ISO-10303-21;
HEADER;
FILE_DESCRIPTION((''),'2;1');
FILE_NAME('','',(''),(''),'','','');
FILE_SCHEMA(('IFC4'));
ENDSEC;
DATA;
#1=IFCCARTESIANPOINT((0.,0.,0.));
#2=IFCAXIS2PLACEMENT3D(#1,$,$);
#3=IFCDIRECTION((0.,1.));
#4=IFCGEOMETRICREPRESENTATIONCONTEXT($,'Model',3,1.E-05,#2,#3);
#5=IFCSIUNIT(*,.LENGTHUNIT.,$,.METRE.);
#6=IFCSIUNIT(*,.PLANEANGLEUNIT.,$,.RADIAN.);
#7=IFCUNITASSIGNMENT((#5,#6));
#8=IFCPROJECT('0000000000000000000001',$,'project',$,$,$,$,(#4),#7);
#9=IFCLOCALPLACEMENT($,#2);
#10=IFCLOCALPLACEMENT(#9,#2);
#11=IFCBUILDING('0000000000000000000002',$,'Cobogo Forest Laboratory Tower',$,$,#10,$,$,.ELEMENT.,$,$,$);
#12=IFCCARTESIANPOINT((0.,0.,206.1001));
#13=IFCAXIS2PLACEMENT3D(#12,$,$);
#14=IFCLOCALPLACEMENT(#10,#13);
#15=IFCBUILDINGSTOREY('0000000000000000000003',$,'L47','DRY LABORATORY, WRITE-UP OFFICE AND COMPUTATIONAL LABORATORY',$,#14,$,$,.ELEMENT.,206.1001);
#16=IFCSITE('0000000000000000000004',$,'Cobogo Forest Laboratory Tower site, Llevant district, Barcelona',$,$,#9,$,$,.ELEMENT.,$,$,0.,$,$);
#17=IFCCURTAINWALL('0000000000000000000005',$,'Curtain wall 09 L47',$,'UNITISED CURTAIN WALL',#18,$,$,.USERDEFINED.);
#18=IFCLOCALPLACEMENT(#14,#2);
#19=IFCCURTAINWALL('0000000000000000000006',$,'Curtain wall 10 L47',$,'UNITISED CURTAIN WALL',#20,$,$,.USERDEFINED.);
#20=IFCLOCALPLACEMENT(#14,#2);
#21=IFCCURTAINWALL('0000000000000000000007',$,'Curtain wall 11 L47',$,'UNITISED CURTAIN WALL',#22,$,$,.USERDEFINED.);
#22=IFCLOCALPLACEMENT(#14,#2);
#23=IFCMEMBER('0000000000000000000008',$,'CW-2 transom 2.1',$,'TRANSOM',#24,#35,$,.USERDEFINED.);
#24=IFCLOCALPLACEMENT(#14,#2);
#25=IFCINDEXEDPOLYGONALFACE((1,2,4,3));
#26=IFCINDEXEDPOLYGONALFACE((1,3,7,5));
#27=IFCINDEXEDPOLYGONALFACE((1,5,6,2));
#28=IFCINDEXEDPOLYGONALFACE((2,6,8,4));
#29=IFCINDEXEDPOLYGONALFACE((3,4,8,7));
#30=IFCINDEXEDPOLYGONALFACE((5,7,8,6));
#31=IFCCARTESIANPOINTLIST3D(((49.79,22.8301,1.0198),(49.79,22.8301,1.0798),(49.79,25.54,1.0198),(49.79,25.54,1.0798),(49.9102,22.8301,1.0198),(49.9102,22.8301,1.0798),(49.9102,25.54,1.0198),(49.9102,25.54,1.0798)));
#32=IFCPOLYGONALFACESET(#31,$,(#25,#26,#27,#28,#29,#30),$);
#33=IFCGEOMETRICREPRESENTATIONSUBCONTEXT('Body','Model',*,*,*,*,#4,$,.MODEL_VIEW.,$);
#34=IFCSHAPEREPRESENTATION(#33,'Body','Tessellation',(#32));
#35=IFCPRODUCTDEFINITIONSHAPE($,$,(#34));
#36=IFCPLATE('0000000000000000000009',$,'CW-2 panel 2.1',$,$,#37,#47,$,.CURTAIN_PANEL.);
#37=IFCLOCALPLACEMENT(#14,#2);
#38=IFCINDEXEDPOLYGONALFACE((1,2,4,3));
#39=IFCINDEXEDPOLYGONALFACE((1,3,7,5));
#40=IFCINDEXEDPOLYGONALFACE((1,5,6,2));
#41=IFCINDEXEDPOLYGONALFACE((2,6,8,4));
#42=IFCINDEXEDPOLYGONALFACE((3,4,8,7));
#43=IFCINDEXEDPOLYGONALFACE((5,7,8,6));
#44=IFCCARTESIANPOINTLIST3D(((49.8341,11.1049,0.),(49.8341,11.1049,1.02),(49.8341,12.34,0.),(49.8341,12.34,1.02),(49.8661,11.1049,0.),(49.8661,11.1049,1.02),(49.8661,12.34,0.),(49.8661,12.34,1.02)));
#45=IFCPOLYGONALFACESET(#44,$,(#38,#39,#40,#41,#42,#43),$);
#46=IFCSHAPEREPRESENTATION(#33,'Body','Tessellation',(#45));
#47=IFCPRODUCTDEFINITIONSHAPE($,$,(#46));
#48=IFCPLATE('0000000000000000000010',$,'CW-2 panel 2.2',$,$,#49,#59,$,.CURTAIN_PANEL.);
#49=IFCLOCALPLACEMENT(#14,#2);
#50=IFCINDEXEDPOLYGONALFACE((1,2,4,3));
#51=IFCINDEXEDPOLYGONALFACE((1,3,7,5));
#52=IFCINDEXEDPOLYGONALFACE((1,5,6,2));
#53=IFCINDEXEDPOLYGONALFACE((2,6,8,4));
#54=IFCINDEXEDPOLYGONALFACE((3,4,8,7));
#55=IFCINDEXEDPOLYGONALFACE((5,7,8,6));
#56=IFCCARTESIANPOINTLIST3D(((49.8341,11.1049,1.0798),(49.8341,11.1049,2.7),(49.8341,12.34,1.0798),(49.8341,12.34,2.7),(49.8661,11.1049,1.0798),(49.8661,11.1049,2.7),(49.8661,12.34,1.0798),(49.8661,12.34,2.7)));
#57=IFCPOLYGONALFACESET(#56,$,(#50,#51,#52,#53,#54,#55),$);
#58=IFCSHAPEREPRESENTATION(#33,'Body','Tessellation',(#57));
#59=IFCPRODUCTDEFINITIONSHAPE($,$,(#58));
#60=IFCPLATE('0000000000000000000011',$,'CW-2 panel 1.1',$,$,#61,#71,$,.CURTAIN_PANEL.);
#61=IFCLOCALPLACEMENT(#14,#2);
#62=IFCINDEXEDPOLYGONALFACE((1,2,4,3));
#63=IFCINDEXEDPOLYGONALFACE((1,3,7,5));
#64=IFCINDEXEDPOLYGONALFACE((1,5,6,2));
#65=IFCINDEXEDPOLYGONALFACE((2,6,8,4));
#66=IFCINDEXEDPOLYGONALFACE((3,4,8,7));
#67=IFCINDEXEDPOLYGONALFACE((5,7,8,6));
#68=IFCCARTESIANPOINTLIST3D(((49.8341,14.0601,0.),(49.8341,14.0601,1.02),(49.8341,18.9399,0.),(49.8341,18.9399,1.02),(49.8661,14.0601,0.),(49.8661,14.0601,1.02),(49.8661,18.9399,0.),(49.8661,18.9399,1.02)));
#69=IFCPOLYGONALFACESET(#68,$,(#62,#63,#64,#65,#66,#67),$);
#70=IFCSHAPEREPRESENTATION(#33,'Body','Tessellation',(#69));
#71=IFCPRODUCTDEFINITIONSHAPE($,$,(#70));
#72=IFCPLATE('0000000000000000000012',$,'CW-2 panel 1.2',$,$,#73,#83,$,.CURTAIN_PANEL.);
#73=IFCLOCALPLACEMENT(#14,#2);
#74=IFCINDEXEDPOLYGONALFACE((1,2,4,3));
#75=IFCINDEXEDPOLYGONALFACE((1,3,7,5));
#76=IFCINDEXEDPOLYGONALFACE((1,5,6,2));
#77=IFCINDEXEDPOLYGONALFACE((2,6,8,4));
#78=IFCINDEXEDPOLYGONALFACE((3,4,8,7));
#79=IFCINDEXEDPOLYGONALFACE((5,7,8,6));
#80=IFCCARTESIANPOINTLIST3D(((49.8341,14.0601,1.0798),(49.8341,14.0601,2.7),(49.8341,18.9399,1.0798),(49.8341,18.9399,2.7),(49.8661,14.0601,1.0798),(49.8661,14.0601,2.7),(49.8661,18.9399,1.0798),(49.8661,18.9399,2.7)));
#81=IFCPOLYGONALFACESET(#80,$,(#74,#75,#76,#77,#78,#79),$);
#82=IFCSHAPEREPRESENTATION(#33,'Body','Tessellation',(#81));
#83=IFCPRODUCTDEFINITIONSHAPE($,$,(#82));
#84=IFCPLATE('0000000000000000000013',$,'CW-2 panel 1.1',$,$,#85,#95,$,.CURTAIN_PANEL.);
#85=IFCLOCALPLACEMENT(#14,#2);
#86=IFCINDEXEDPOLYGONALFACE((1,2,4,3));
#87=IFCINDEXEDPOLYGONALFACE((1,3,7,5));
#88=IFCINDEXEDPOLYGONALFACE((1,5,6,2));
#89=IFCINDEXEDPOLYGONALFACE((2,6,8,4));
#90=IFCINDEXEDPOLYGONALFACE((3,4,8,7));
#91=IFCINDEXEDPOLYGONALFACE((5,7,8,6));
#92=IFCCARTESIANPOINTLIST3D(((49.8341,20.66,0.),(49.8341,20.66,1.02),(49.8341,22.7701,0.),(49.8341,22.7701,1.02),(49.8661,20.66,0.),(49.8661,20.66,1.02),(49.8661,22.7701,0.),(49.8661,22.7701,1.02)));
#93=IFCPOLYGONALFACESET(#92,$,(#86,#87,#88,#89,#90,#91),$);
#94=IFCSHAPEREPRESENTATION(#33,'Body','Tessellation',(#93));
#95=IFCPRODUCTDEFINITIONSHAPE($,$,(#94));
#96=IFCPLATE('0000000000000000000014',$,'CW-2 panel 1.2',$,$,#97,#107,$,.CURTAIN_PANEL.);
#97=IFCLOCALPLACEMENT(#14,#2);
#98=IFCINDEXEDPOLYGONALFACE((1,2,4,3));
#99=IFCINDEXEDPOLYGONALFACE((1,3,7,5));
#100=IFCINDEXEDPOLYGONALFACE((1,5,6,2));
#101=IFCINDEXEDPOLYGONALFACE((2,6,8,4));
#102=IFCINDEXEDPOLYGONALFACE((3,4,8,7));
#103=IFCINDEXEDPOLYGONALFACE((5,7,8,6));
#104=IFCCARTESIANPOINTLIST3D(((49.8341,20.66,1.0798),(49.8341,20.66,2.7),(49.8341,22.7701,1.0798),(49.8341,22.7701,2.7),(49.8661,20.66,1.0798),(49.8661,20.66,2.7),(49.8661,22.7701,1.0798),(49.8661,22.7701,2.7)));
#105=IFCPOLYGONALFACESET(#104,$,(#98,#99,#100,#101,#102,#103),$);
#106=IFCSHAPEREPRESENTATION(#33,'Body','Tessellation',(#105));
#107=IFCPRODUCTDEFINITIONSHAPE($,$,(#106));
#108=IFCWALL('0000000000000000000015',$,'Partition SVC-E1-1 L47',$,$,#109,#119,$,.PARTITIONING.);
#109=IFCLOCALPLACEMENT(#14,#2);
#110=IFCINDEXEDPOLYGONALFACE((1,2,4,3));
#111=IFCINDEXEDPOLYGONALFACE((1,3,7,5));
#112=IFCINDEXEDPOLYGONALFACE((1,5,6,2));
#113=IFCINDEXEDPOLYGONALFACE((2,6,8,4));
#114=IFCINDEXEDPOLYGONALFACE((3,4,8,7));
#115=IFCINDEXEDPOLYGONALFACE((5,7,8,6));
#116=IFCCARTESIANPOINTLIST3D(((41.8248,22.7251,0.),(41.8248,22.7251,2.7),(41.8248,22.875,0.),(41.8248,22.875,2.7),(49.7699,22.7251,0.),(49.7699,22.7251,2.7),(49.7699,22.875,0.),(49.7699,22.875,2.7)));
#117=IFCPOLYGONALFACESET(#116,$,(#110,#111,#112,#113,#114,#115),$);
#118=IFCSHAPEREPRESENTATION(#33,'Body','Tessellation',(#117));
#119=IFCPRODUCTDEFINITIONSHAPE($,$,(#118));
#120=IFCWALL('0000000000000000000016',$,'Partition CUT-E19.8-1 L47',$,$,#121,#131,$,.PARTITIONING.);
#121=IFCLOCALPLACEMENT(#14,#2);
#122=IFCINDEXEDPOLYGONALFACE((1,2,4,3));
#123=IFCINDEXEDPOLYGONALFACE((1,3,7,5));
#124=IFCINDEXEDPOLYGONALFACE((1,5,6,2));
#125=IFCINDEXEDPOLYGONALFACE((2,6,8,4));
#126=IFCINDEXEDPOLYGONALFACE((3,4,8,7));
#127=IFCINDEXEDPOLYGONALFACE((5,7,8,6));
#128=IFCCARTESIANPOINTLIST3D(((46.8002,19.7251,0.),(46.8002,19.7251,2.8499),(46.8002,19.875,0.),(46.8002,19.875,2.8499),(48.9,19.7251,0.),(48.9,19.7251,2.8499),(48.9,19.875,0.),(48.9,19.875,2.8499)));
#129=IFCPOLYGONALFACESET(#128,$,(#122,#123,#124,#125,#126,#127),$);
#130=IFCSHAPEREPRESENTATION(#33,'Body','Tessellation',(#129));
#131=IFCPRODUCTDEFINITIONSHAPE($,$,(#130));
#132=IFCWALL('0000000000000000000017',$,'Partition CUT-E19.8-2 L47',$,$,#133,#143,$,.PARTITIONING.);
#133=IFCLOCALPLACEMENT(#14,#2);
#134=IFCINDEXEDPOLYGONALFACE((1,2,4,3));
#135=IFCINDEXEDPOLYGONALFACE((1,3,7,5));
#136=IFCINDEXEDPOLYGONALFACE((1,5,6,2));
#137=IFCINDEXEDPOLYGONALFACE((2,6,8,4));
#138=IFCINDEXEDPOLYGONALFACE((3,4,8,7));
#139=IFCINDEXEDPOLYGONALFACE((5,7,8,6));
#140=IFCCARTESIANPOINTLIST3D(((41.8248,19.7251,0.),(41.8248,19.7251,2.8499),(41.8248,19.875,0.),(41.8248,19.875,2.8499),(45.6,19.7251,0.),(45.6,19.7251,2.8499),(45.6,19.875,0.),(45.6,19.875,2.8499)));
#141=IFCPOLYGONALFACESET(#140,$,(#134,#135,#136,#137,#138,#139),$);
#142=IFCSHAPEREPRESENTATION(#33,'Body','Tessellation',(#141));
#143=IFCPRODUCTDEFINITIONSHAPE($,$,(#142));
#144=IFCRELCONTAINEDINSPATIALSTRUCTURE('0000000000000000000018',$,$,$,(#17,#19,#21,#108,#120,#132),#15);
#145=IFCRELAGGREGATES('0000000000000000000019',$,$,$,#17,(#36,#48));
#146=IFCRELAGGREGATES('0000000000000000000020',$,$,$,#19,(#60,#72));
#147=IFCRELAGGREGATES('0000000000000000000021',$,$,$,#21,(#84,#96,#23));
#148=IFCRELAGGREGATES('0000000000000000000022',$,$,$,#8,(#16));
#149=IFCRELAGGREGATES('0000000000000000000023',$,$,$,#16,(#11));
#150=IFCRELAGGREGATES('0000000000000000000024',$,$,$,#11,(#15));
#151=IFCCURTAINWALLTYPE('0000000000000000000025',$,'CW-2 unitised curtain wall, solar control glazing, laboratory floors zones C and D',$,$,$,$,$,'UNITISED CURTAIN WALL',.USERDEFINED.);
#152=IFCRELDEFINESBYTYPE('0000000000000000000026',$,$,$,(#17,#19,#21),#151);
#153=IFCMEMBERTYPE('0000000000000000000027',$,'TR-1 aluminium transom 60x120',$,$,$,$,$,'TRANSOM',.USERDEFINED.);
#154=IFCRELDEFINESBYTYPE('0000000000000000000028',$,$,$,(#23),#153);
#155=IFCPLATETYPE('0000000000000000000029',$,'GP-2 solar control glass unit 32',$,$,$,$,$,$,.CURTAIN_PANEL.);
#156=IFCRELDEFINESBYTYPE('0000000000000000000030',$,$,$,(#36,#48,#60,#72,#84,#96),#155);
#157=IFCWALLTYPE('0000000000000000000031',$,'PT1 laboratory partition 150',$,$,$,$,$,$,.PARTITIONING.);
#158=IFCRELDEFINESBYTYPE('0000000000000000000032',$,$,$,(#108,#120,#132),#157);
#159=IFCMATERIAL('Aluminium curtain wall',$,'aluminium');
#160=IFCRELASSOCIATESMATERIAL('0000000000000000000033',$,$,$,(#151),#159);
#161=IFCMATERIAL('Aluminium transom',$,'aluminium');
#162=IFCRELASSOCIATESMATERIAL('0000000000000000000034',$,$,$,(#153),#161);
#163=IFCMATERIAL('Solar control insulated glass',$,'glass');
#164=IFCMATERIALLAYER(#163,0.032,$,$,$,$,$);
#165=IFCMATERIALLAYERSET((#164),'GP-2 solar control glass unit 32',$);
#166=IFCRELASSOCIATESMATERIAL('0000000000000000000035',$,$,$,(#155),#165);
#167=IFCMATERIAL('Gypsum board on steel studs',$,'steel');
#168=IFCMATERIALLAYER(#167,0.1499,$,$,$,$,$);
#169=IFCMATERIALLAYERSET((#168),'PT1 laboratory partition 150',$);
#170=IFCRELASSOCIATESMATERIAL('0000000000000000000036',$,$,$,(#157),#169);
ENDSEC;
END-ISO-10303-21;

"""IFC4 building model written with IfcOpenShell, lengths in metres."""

from ifc_helpers import new_model, si_unit, direction, frame, frame_2d, origin, origin_2d, place, context, subcontext, project, spatial, rectangle, extrude, material, layer, layer_set, material_profile, profile_set, type_object, element, aggregate, save


model = new_model("IFC4")

# Units and contexts
model_context = context("Model", 3, precision=1e-05, world=origin(), true_north=direction((0.0, 1.0)))
body_context = subcontext(model_context, "Body", "Model", "MODEL_VIEW")
ifc_project = project(units=[si_unit("LENGTHUNIT", "METRE"), si_unit("PLANEANGLEUNIT", "RADIAN")], contexts=[model_context])

# Site, building, storey
site_placement = place(None, origin())
site = spatial("IfcSite", under=ifc_project, at=site_placement, Name="Cobogo Forest Laboratory Tower site, Llevant district, Barcelona", CompositionType="ELEMENT", RefElevation=0.0)
building_placement = place(site_placement, origin())
building = spatial("IfcBuilding", under=site, at=building_placement, Name="Cobogo Forest Laboratory Tower", CompositionType="ELEMENT")
storey_placement = place(building_placement, frame((0.0, 0.0, 206.1001)))
storey = spatial("IfcBuildingStorey", under=building, at=storey_placement, Name="L47", Description="DRY LABORATORY, WRITE-UP OFFICE AND COMPUTATIONAL LABORATORY", CompositionType="ELEMENT", Elevation=206.1001)

# Curtain wall
ifc_material_1 = material(Name="Aluminium curtain wall", Category="aluminium")
curtain_wall_type = type_object("IfcCurtainWallType", Name="CW-2 unitised curtain wall, solar control glazing, laboratory floors zones C and D", ElementType="UNITISED CURTAIN WALL", PredefinedType="USERDEFINED", material=ifc_material_1)
curtain_wall_1_placement = place(storey_placement, origin())
curtain_wall_1 = element("IfcCurtainWall", 1, at=curtain_wall_1_placement, inside=storey, type_object=curtain_wall_type, Name="Curtain wall 09 L47", ObjectType="UNITISED CURTAIN WALL", PredefinedType="USERDEFINED")

# Curtain walls
curtain_wall_2_placement = place(storey_placement, origin())
curtain_wall_2 = element("IfcCurtainWall", 2, at=curtain_wall_2_placement, inside=storey, type_object=curtain_wall_type, Name="Curtain wall 10 L47", ObjectType="UNITISED CURTAIN WALL", PredefinedType="USERDEFINED")
curtain_wall_3_placement = place(storey_placement, origin())
curtain_wall_3 = element("IfcCurtainWall", 3, at=curtain_wall_3_placement, inside=storey, type_object=curtain_wall_type, Name="Curtain wall 11 L47", ObjectType="UNITISED CURTAIN WALL", PredefinedType="USERDEFINED")

# Member
ifc_material_2 = material(Name="Aluminium transom", Category="aluminium")
ifc_material_profile_1 = material_profile(ifc_material_2, rectangle(XDim=0.1201, YDim=0.0601, at=origin_2d()), Name="AL 60x120")
ifc_profile_set_1 = profile_set([ifc_material_profile_1], Name="Aluminium transom")
member_type_1 = type_object("IfcMemberType", Name="TR-1 aluminium transom 60x120", ElementType="TRANSOM", PredefinedType="USERDEFINED", material=ifc_profile_set_1)
member_1_placement = place(storey_placement, frame((49.8501, 22.8301, 1.0498), z_axis=(0.0, 1.0, 0.0), x_axis=(-1.0, 0.0, 0.0)))
member_1 = element("IfcMember", 4, at=member_1_placement, type_object=member_type_1, Name="CW-2 transom 2.1", ObjectType="TRANSOM", PredefinedType="USERDEFINED", context=body_context, shape_type="SweptSolid", body=[
    extrude(rectangle(XDim=0.1201, YDim=0.0601, at=origin_2d()), origin(), (0.0, 0.0, 1.0), 2.71),
])

# Plates
ifc_material_3 = material(Name="Solar control insulated glass", Category="glass")
ifc_layer_1 = layer(ifc_material_3, 0.032)
ifc_layer_set_1 = layer_set([ifc_layer_1], Name="GP-2 solar control glass unit 32")
plate_type_1 = type_object("IfcPlateType", Name="GP-2 solar control glass unit 32", PredefinedType="CURTAIN_PANEL", material=ifc_layer_set_1)
plate_1_placement = place(storey_placement, frame((49.8501, 11.7224, 0.0), z_axis=(0.0, 0.0, 1.0), x_axis=(0.0, 1.0, 0.0)))
plate_1 = element("IfcPlate", 5, at=plate_1_placement, type_object=plate_type_1, Name="CW-2 panel 2.1", PredefinedType="CURTAIN_PANEL", context=body_context, shape_type="SweptSolid", body=[
    extrude(rectangle(XDim=1.2351, YDim=0.032, at=origin_2d()), origin(), (0.0, 0.0, 1.0), 1.02),
])
plate_2_placement = place(storey_placement, frame((49.8501, 11.7224, 1.0798), z_axis=(0.0, 0.0, 1.0), x_axis=(0.0, 1.0, 0.0)))
plate_2 = element("IfcPlate", 6, at=plate_2_placement, type_object=plate_type_1, Name="CW-2 panel 2.2", PredefinedType="CURTAIN_PANEL", context=body_context, shape_type="SweptSolid", body=[
    extrude(rectangle(XDim=1.2351, YDim=0.032, at=origin_2d()), origin(), (0.0, 0.0, 1.0), 1.6201),
])
aggregate(curtain_wall_1, [plate_1, plate_2])
plate_3_placement = place(storey_placement, frame((49.8501, 16.5, 0.0), z_axis=(0.0, 0.0, 1.0), x_axis=(0.0, 1.0, 0.0)))
plate_3 = element("IfcPlate", 7, at=plate_3_placement, type_object=plate_type_1, Name="CW-2 panel 1.1", PredefinedType="CURTAIN_PANEL", context=body_context, shape_type="SweptSolid", body=[
    extrude(rectangle(XDim=4.8799, YDim=0.032, at=origin_2d()), origin(), (0.0, 0.0, 1.0), 1.02),
])
plate_4_placement = place(storey_placement, frame((49.8501, 16.5, 1.0798), z_axis=(0.0, 0.0, 1.0), x_axis=(0.0, 1.0, 0.0)))
plate_4 = element("IfcPlate", 8, at=plate_4_placement, type_object=plate_type_1, Name="CW-2 panel 1.2", PredefinedType="CURTAIN_PANEL", context=body_context, shape_type="SweptSolid", body=[
    extrude(rectangle(XDim=4.8799, YDim=0.032, at=origin_2d()), origin(), (0.0, 0.0, 1.0), 1.6201),
])
aggregate(curtain_wall_2, [plate_3, plate_4])
plate_5_placement = place(storey_placement, frame((49.8501, 21.7151, 0.0), z_axis=(0.0, 0.0, 1.0), x_axis=(0.0, 1.0, 0.0)))
plate_5 = element("IfcPlate", 9, at=plate_5_placement, type_object=plate_type_1, Name="CW-2 panel 1.1", PredefinedType="CURTAIN_PANEL", context=body_context, shape_type="SweptSolid", body=[
    extrude(rectangle(XDim=2.1101, YDim=0.032, at=origin_2d()), origin(), (0.0, 0.0, 1.0), 1.02),
])
plate_6_placement = place(storey_placement, frame((49.8501, 21.7151, 1.0798), z_axis=(0.0, 0.0, 1.0), x_axis=(0.0, 1.0, 0.0)))
plate_6 = element("IfcPlate", 10, at=plate_6_placement, type_object=plate_type_1, Name="CW-2 panel 1.2", PredefinedType="CURTAIN_PANEL", context=body_context, shape_type="SweptSolid", body=[
    extrude(rectangle(XDim=2.1101, YDim=0.032, at=origin_2d()), origin(), (0.0, 0.0, 1.0), 1.6201),
])
aggregate(curtain_wall_3, [plate_5, plate_6, member_1])

# Walls
ifc_material_4 = material(Name="Gypsum board on steel studs", Category="steel")
ifc_layer_2 = layer(ifc_material_4, 0.1499)
ifc_layer_set_2 = layer_set([ifc_layer_2], Name="PT1 laboratory partition 150")
wall_type = type_object("IfcWallType", Name="PT1 laboratory partition 150", PredefinedType="PARTITIONING", material=ifc_layer_set_2)
wall_1_placement = place(storey_placement, frame((49.77, 22.8, 0.0), z_axis=(0.0, 0.0, 1.0), x_axis=(-1.0, 0.0, 0.0)))
element("IfcWall", 11, at=wall_1_placement, inside=storey, type_object=wall_type, Name="Partition SVC-E1-1 L47", PredefinedType="PARTITIONING", context=body_context, shape_type="SweptSolid", body=[
    extrude(rectangle(XDim=7.9451, YDim=0.1499, at=frame_2d((3.9727, 0.0))), origin(), (0.0, 0.0, 1.0), 2.7),
])
wall_2_placement = place(storey_placement, frame((48.8999, 19.8, 0.0), z_axis=(0.0, 0.0, 1.0), x_axis=(-1.0, 0.0, 0.0)))
element("IfcWall", 12, at=wall_2_placement, inside=storey, type_object=wall_type, Name="Partition CUT-E19.8-1 L47", PredefinedType="PARTITIONING", context=body_context, shape_type="SweptSolid", body=[
    extrude(rectangle(XDim=2.0999, YDim=0.1499, at=frame_2d((1.0498, 0.0))), origin(), (0.0, 0.0, 1.0), 2.8499),
])
wall_3_placement = place(storey_placement, frame((45.6001, 19.8, 0.0), z_axis=(0.0, 0.0, 1.0), x_axis=(-1.0, 0.0, 0.0)))
element("IfcWall", 13, at=wall_3_placement, inside=storey, type_object=wall_type, Name="Partition CUT-E19.8-2 L47", PredefinedType="PARTITIONING", context=body_context, shape_type="SweptSolid", body=[
    extrude(rectangle(XDim=3.7751, YDim=0.1499, at=frame_2d((1.8877, 0.0))), origin(), (0.0, 0.0, 1.0), 2.8499),
])

save(model, "model.ifc")
